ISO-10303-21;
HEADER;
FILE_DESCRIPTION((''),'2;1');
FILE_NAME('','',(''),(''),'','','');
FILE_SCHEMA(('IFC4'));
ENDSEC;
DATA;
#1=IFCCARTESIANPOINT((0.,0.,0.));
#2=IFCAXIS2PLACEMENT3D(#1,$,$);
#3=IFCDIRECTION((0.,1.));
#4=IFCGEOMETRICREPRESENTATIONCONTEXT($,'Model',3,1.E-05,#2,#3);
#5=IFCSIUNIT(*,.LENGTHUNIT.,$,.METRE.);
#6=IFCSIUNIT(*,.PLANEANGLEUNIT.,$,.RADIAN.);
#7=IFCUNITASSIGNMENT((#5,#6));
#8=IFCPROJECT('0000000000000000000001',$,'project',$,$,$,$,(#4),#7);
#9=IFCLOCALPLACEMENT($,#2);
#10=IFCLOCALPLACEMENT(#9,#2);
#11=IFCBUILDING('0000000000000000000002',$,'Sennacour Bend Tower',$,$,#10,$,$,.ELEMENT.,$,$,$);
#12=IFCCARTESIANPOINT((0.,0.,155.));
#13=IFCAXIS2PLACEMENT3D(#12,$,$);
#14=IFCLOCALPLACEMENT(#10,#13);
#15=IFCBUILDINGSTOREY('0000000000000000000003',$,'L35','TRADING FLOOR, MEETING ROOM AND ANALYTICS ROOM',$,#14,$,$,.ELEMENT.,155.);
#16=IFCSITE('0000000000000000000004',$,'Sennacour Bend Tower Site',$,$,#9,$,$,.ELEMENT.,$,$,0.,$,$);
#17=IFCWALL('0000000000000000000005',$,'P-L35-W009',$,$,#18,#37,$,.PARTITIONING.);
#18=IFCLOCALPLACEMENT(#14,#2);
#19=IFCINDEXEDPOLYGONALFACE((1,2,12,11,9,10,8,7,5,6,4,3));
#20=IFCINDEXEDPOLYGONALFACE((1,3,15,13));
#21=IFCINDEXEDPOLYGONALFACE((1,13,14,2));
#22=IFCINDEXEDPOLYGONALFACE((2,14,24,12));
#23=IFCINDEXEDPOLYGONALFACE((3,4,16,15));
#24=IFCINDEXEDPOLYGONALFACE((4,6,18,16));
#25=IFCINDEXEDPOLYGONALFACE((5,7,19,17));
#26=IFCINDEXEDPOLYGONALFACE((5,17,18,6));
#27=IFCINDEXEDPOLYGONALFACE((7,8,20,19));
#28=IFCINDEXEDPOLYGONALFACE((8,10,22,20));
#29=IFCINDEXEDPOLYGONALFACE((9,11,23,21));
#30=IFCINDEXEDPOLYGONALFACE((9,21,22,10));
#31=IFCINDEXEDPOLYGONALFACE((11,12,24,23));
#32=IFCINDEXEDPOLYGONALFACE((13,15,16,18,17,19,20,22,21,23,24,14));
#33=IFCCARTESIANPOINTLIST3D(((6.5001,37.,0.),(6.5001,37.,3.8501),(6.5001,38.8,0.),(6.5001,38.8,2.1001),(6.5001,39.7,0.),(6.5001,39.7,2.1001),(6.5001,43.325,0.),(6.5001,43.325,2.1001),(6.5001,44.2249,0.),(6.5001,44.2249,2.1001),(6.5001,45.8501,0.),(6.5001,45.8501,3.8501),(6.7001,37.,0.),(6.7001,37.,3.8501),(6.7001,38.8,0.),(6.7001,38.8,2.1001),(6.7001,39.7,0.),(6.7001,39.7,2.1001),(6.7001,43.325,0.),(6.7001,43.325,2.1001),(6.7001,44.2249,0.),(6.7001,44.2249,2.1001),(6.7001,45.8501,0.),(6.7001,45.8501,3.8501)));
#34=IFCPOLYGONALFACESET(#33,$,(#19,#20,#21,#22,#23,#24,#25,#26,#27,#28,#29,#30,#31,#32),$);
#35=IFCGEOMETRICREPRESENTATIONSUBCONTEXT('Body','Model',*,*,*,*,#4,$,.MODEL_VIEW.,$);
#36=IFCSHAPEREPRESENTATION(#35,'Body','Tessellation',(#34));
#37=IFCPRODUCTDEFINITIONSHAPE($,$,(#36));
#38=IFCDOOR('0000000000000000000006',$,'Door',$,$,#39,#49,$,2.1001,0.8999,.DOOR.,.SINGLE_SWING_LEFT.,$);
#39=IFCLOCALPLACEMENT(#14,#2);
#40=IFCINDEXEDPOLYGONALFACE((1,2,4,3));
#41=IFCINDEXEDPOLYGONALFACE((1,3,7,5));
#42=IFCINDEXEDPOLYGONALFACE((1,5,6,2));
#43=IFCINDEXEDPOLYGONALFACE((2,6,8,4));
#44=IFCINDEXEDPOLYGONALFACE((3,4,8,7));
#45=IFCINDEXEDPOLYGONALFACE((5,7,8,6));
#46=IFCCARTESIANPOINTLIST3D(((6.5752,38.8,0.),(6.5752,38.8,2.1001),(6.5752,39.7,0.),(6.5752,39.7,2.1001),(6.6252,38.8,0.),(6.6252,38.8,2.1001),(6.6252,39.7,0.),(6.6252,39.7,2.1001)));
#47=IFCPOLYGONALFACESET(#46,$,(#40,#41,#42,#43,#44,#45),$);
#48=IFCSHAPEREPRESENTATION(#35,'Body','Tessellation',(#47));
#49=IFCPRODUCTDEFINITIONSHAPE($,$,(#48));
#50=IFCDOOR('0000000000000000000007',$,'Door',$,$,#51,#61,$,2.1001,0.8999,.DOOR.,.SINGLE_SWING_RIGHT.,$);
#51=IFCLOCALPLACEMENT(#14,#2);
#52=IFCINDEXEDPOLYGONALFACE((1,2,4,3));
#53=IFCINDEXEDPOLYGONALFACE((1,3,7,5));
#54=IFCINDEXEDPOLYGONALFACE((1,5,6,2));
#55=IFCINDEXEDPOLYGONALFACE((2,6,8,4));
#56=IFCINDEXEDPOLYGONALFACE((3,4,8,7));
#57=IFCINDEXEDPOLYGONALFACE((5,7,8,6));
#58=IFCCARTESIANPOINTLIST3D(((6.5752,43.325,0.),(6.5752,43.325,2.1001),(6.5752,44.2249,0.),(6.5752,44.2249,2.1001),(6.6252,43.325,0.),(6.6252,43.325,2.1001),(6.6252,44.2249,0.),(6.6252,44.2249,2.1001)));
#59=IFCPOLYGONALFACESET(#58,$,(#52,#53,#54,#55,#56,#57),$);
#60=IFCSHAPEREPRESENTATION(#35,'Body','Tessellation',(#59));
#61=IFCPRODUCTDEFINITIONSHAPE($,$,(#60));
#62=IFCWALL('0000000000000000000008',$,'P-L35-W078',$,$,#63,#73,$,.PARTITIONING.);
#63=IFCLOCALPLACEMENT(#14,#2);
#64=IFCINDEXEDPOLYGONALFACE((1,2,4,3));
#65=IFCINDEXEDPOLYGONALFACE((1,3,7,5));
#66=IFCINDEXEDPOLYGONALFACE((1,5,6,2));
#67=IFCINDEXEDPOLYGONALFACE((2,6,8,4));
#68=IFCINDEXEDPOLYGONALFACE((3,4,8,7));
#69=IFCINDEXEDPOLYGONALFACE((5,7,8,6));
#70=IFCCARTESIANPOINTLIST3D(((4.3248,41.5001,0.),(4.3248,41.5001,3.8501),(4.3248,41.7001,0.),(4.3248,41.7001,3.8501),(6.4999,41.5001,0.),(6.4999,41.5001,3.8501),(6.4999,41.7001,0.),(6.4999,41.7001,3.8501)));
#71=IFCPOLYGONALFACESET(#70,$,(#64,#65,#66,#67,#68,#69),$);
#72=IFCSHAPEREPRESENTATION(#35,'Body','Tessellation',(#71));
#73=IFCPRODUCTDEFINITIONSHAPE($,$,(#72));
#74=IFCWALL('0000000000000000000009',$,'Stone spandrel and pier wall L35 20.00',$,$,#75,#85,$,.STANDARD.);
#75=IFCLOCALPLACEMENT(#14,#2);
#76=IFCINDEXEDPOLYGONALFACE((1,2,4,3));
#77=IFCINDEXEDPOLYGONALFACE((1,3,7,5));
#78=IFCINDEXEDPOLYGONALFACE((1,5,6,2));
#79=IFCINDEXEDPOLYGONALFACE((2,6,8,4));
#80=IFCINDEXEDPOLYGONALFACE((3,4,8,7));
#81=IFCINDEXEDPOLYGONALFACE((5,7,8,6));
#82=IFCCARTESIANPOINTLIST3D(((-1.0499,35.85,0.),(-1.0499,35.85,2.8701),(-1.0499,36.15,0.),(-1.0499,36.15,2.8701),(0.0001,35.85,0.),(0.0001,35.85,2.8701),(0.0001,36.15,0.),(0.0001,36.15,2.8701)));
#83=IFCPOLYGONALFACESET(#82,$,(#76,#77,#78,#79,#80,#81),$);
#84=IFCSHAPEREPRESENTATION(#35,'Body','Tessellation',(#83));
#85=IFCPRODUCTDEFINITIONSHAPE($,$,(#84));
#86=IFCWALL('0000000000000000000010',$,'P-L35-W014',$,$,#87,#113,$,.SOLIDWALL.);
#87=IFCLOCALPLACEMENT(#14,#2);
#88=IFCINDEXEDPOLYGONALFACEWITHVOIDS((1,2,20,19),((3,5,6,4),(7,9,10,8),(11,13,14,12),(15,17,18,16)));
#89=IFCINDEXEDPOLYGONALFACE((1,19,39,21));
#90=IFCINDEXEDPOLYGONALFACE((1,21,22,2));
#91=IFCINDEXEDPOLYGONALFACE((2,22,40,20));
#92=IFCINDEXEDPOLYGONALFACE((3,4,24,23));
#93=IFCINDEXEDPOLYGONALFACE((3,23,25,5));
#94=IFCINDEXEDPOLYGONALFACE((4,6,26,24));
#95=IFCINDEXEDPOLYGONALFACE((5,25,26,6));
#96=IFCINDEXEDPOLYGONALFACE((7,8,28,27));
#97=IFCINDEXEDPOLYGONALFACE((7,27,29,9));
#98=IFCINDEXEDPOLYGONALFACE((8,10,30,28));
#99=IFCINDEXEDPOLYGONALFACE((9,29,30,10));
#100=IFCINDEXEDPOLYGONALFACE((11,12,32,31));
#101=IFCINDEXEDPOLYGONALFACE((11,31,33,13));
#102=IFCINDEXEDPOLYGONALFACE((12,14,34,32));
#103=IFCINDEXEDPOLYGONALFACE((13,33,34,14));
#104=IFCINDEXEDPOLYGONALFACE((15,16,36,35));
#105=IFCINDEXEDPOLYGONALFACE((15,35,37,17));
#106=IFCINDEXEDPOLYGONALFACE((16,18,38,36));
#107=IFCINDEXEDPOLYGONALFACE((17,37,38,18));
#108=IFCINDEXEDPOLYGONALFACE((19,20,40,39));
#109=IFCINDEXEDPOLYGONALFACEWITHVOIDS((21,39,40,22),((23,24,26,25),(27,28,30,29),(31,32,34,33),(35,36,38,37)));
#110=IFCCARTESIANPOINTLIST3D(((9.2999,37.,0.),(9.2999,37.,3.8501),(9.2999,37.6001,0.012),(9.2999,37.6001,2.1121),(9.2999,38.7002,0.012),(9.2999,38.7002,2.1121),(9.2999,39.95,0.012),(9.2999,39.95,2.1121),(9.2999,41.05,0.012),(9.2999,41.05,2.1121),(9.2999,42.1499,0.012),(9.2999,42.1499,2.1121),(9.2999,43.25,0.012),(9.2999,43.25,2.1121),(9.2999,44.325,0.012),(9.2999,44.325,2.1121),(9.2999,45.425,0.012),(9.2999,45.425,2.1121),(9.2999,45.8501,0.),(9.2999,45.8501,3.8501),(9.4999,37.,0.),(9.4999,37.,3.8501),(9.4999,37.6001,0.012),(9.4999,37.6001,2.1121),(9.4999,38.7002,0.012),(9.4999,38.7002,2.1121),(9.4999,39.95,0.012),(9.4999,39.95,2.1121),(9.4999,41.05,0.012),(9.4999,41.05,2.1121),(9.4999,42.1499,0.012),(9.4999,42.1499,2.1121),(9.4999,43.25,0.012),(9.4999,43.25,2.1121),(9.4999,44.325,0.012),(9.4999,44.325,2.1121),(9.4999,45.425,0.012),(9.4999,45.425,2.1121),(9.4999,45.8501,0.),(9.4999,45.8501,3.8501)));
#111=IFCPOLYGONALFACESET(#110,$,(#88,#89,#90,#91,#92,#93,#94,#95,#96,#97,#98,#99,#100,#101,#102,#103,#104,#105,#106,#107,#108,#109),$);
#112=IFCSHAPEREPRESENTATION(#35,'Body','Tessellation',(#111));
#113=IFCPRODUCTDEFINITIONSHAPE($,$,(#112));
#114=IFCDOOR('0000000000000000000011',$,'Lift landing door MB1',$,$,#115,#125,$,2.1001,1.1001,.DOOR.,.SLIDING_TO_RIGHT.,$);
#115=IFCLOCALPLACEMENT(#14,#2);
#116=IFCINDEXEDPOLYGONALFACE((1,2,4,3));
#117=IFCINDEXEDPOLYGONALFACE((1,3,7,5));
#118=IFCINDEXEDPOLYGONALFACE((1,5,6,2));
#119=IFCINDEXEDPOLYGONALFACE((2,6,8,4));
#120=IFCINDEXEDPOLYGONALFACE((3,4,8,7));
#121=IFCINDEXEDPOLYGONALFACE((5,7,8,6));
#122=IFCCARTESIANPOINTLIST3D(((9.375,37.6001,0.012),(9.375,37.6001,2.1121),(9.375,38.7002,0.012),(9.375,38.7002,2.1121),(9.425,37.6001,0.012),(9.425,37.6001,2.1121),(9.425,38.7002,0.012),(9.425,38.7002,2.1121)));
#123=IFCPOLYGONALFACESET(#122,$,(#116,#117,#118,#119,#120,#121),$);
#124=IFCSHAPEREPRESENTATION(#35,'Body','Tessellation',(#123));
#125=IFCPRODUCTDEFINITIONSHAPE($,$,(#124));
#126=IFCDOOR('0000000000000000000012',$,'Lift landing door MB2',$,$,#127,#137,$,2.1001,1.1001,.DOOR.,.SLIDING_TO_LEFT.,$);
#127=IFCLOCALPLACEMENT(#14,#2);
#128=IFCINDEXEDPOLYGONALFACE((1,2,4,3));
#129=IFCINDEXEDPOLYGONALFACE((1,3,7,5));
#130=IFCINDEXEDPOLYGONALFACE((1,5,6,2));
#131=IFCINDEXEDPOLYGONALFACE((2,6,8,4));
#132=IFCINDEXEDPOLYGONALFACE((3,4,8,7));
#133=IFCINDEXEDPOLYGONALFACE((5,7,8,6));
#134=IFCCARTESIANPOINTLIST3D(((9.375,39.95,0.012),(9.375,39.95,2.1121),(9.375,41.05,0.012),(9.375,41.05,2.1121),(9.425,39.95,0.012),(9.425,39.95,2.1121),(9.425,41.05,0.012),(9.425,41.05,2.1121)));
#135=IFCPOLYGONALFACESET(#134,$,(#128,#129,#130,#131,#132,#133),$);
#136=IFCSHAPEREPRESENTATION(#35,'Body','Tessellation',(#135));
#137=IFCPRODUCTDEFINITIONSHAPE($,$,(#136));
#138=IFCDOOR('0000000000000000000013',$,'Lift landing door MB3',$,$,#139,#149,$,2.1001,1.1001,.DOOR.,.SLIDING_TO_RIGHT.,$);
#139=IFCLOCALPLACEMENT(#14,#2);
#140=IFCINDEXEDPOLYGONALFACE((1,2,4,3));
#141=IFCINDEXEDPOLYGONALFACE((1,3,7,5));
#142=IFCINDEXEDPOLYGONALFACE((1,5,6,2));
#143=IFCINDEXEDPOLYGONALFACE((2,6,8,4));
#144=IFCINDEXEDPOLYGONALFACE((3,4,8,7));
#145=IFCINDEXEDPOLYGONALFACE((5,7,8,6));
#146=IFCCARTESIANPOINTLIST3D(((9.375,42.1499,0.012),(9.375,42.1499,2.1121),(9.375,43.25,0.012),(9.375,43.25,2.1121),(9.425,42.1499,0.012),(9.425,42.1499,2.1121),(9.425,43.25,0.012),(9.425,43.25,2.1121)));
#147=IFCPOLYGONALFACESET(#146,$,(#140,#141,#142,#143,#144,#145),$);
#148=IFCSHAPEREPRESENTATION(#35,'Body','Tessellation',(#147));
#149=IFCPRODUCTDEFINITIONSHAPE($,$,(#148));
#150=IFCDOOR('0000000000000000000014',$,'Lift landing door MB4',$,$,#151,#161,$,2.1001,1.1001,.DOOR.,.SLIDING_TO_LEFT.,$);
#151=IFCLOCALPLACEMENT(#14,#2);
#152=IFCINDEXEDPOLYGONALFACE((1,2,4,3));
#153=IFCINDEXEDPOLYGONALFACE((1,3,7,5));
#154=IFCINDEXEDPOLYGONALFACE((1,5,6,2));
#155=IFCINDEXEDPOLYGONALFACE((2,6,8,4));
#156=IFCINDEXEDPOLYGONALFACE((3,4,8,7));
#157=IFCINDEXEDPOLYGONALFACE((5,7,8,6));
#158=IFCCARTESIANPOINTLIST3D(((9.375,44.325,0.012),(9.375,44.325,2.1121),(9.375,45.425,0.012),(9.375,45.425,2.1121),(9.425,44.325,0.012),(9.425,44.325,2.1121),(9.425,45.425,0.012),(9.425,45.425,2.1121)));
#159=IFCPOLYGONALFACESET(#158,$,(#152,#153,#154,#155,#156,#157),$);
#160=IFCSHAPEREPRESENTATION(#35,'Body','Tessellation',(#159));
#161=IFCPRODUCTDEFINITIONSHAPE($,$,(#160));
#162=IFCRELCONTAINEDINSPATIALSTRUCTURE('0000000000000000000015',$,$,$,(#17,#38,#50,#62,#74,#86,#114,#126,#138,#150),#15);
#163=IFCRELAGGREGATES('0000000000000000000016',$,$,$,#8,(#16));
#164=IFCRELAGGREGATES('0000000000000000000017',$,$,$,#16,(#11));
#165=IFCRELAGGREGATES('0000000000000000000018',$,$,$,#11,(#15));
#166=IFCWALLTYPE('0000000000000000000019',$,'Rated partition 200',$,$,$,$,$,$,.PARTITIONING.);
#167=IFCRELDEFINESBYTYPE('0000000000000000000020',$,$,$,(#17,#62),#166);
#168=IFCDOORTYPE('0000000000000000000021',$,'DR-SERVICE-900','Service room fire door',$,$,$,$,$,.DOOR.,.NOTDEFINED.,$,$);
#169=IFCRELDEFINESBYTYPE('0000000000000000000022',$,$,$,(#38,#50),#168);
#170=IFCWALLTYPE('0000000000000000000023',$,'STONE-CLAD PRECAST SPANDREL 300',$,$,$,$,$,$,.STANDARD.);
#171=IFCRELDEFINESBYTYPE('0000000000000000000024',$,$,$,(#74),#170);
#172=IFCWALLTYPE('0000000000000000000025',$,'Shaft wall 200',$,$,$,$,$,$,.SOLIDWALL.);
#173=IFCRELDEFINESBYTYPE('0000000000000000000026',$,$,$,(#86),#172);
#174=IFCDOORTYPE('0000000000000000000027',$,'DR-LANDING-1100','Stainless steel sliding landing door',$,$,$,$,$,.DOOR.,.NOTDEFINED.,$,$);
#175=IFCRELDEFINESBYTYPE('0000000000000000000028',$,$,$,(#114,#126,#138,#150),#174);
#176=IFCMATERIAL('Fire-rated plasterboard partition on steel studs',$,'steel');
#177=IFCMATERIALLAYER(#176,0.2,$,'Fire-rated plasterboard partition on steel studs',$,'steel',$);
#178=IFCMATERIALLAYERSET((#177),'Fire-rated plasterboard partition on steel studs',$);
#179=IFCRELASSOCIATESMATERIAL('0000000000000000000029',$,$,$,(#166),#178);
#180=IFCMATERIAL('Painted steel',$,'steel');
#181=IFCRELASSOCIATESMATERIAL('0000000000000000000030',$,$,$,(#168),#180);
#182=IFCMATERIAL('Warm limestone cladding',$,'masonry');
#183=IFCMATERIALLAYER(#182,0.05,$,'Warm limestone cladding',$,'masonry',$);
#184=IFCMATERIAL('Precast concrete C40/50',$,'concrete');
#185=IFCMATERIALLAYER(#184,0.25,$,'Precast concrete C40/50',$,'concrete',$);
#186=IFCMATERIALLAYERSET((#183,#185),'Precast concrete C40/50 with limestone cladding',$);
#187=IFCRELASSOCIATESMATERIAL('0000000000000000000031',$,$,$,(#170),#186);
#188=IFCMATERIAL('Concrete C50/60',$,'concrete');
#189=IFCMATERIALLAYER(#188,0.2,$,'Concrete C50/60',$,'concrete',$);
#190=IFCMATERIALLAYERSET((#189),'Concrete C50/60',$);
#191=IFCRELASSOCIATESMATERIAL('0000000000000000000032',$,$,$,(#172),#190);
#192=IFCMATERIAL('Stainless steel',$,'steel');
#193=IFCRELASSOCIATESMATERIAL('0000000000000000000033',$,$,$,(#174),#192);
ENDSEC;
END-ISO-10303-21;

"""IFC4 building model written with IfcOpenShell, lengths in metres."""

from ifc_helpers import new_model, si_unit, direction, frame, frame_2d, origin, place, context, subcontext, project, spatial, rectangle, extrude, material, layer, layer_set, type_object, element, fill, save


model = new_model("IFC4")

# Units and contexts
model_context = context("Model", 3, precision=1e-05, world=origin(), true_north=direction((0.0, 1.0)))
body_context = subcontext(model_context, "Body", "Model", "MODEL_VIEW")
ifc_project = project(units=[si_unit("LENGTHUNIT", "METRE"), si_unit("PLANEANGLEUNIT", "RADIAN")], contexts=[model_context])

# Site, building, storey
site_placement = place(None, origin())
site = spatial("IfcSite", under=ifc_project, at=site_placement, Name="Sennacour Bend Tower Site", CompositionType="ELEMENT", RefElevation=0.0)
building_placement = place(site_placement, origin())
building = spatial("IfcBuilding", under=site, at=building_placement, Name="Sennacour Bend Tower", CompositionType="ELEMENT")
storey_placement = place(building_placement, frame((0.0, 0.0, 155.0)))
storey = spatial("IfcBuildingStorey", under=building, at=storey_placement, Name="L35", Description="TRADING FLOOR, MEETING ROOM AND ANALYTICS ROOM", CompositionType="ELEMENT", Elevation=155.0)

# Shared definitions
ifc_material_1 = material(Name="Painted steel", Category="steel")

# Wall, openings, doors
ifc_material_2 = material(Name="Fire-rated plasterboard partition on steel studs", Category="steel")
ifc_layer_1 = layer(ifc_material_2, 0.2, Name="Fire-rated plasterboard partition on steel studs", Category="steel")
ifc_layer_set_1 = layer_set([ifc_layer_1], Name="Fire-rated plasterboard partition on steel studs")
wall_type_1 = type_object("IfcWallType", Name="Rated partition 200", PredefinedType="PARTITIONING", material=ifc_layer_set_1)
wall_1_placement = place(storey_placement, frame((6.6001, 37.0, 0.0), z_axis=(0.0, 0.0, 1.0), x_axis=(0.0, 1.0, 0.0)))
wall_1 = element("IfcWall", 1, at=wall_1_placement, inside=storey, type_object=wall_type_1, Name="P-L35-W009", PredefinedType="PARTITIONING", context=body_context, shape_type="SweptSolid", body=[
    extrude(rectangle(XDim=8.8501, YDim=0.2, at=frame_2d((4.425, 0.0))), origin(), (0.0, 0.0, 1.0), 3.8501),
])
opening_1_placement = place(wall_1_placement, frame((1.8, 0.0, 0.0)))
opening_1 = element("IfcOpeningElement", 2, at=opening_1_placement, cuts=wall_1, PredefinedType="OPENING", context=body_context, shape_type="SweptSolid", body=[
    extrude(rectangle(XDim=0.8999, YDim=2.1001, at=frame_2d((0.45, 1.05))), frame((0.0, 0.1099, 0.0), z_axis=(0.0, -1.0, 0.0), x_axis=(1.0, 0.0, 0.0)), (0.0, 0.0, 1.0), 0.22),
])
opening_2_placement = place(wall_1_placement, frame((6.325, 0.0, 0.0)))
opening_2 = element("IfcOpeningElement", 3, at=opening_2_placement, cuts=wall_1, PredefinedType="OPENING", context=body_context, shape_type="SweptSolid", body=[
    extrude(rectangle(XDim=0.8999, YDim=2.1001, at=frame_2d((0.45, 1.05))), frame((0.0, 0.1099, 0.0), z_axis=(0.0, -1.0, 0.0), x_axis=(1.0, 0.0, 0.0)), (0.0, 0.0, 1.0), 0.22),
])
door_type_1 = type_object("IfcDoorType", Name="DR-SERVICE-900", Description="Service room fire door", OperationType="NOTDEFINED", PredefinedType="DOOR", material=ifc_material_1)
door_1_placement = place(opening_1_placement, origin())
door_1 = element("IfcDoor", 4, at=door_1_placement, inside=storey, type_object=door_type_1, Name="Door", OperationType="SINGLE_SWING_LEFT", OverallHeight=2.1001, OverallWidth=0.8999, PredefinedType="DOOR", context=body_context, shape_type="SweptSolid", body=[
    extrude(rectangle(XDim=0.8999, YDim=2.1001, at=frame_2d((0.45, 1.05))), frame((0.0, 0.0249, 0.0), z_axis=(0.0, -1.0, 0.0), x_axis=(1.0, 0.0, 0.0)), (0.0, 0.0, 1.0), 0.05),
])
fill(opening_1, door_1)
door_2_placement = place(opening_2_placement, origin())
door_2 = element("IfcDoor", 5, at=door_2_placement, inside=storey, type_object=door_type_1, Name="Door", OperationType="SINGLE_SWING_RIGHT", OverallHeight=2.1001, OverallWidth=0.8999, PredefinedType="DOOR", context=body_context, shape_type="SweptSolid", body=[
    extrude(rectangle(XDim=0.8999, YDim=2.1001, at=frame_2d((0.45, 1.05))), frame((0.0, 0.0249, 0.0), z_axis=(0.0, -1.0, 0.0), x_axis=(1.0, 0.0, 0.0)), (0.0, 0.0, 1.0), 0.05),
])
fill(opening_2, door_2)

# Walls
wall_2_placement = place(storey_placement, frame((4.325, 41.6001, 0.0), z_axis=(0.0, 0.0, 1.0), x_axis=(1.0, 0.0, 0.0)))
element("IfcWall", 6, at=wall_2_placement, inside=storey, type_object=wall_type_1, Name="P-L35-W078", PredefinedType="PARTITIONING", context=body_context, shape_type="SweptSolid", body=[
    extrude(rectangle(XDim=2.175, YDim=0.2, at=frame_2d((1.0874, 0.0))), origin(), (0.0, 0.0, 1.0), 3.8501),
])
ifc_material_3 = material(Name="Warm limestone cladding", Category="masonry")
ifc_layer_2 = layer(ifc_material_3, 0.05, Name="Warm limestone cladding", Category="masonry")
ifc_material_4 = material(Name="Precast concrete C40/50", Category="concrete")
ifc_layer_3 = layer(ifc_material_4, 0.25, Name="Precast concrete C40/50", Category="concrete")
ifc_layer_set_2 = layer_set([ifc_layer_2, ifc_layer_3], Name="Precast concrete C40/50 with limestone cladding")
wall_type_2 = type_object("IfcWallType", Name="STONE-CLAD PRECAST SPANDREL 300", PredefinedType="STANDARD", material=ifc_layer_set_2)
wall_3_placement = place(storey_placement, frame((0.0, 36.0, 0.0), z_axis=(0.0, 0.0, 1.0), x_axis=(-1.0, 0.0, 0.0)))
element("IfcWall", 7, at=wall_3_placement, inside=storey, type_object=wall_type_2, Name="Stone spandrel and pier wall L35 20.00", PredefinedType="STANDARD", context=body_context, shape_type="SweptSolid", body=[
    extrude(rectangle(XDim=1.05, YDim=0.3, at=frame_2d((0.5249, 0.0))), origin(), (0.0, 0.0, 1.0), 2.8701),
])

# Wall, openings, doors
ifc_material_5 = material(Name="Concrete C50/60", Category="concrete")
ifc_layer_4 = layer(ifc_material_5, 0.2, Name="Concrete C50/60", Category="concrete")
ifc_layer_set_3 = layer_set([ifc_layer_4], Name="Concrete C50/60")
wall_type_3 = type_object("IfcWallType", Name="Shaft wall 200", PredefinedType="SOLIDWALL", material=ifc_layer_set_3)
wall_4_placement = place(storey_placement, frame((9.3999, 37.0, 0.0), z_axis=(0.0, 0.0, 1.0), x_axis=(0.0, 1.0, 0.0)))
wall_4 = element("IfcWall", 8, at=wall_4_placement, inside=storey, type_object=wall_type_3, Name="P-L35-W014", PredefinedType="SOLIDWALL", context=body_context, shape_type="SweptSolid", body=[
    extrude(rectangle(XDim=8.8501, YDim=0.2, at=frame_2d((4.425, 0.0))), origin(), (0.0, 0.0, 1.0), 3.8501),
])
opening_3_placement = place(wall_4_placement, frame((0.6001, 0.0, 0.012)))
opening_3 = element("IfcOpeningElement", 9, at=opening_3_placement, cuts=wall_4, PredefinedType="OPENING", context=body_context, shape_type="SweptSolid", body=[
    extrude(rectangle(XDim=1.1001, YDim=2.1001, at=frame_2d((0.55, 1.05))), frame((0.0, 0.1099, 0.0), z_axis=(0.0, -1.0, 0.0), x_axis=(1.0, 0.0, 0.0)), (0.0, 0.0, 1.0), 0.22),
])
opening_4_placement = place(wall_4_placement, frame((2.95, 0.0, 0.012)))
opening_4 = element("IfcOpeningElement", 10, at=opening_4_placement, cuts=wall_4, PredefinedType="OPENING", context=body_context, shape_type="SweptSolid", body=[
    extrude(rectangle(XDim=1.1001, YDim=2.1001, at=frame_2d((0.55, 1.05))), frame((0.0, 0.1099, 0.0), z_axis=(0.0, -1.0, 0.0), x_axis=(1.0, 0.0, 0.0)), (0.0, 0.0, 1.0), 0.22),
])
opening_5_placement = place(wall_4_placement, frame((5.1499, 0.0, 0.012)))
opening_5 = element("IfcOpeningElement", 11, at=opening_5_placement, cuts=wall_4, PredefinedType="OPENING", context=body_context, shape_type="SweptSolid", body=[
    extrude(rectangle(XDim=1.1001, YDim=2.1001, at=frame_2d((0.55, 1.05))), frame((0.0, 0.1099, 0.0), z_axis=(0.0, -1.0, 0.0), x_axis=(1.0, 0.0, 0.0)), (0.0, 0.0, 1.0), 0.22),
])
opening_6_placement = place(wall_4_placement, frame((7.325, 0.0, 0.012)))
opening_6 = element("IfcOpeningElement", 12, at=opening_6_placement, cuts=wall_4, PredefinedType="OPENING", context=body_context, shape_type="SweptSolid", body=[
    extrude(rectangle(XDim=1.1001, YDim=2.1001, at=frame_2d((0.55, 1.05))), frame((0.0, 0.1099, 0.0), z_axis=(0.0, -1.0, 0.0), x_axis=(1.0, 0.0, 0.0)), (0.0, 0.0, 1.0), 0.22),
])
ifc_material_6 = material(Name="Stainless steel", Category="steel")
door_type_2 = type_object("IfcDoorType", Name="DR-LANDING-1100", Description="Stainless steel sliding landing door", OperationType="NOTDEFINED", PredefinedType="DOOR", material=ifc_material_6)
door_3_placement = place(opening_3_placement, origin())
door_3 = element("IfcDoor", 13, at=door_3_placement, inside=storey, type_object=door_type_2, Name="Lift landing door MB1", OperationType="SLIDING_TO_RIGHT", OverallHeight=2.1001, OverallWidth=1.1001, PredefinedType="DOOR", context=body_context, shape_type="SweptSolid", body=[
    extrude(rectangle(XDim=1.1001, YDim=2.1001, at=frame_2d((0.55, 1.05))), frame((0.0, 0.0249, 0.0), z_axis=(0.0, -1.0, 0.0), x_axis=(1.0, 0.0, 0.0)), (0.0, 0.0, 1.0), 0.05),
])
fill(opening_3, door_3)
door_4_placement = place(opening_4_placement, origin())
door_4 = element("IfcDoor", 14, at=door_4_placement, inside=storey, type_object=door_type_2, Name="Lift landing door MB2", OperationType="SLIDING_TO_LEFT", OverallHeight=2.1001, OverallWidth=1.1001, PredefinedType="DOOR", context=body_context, shape_type="SweptSolid", body=[
    extrude(rectangle(XDim=1.1001, YDim=2.1001, at=frame_2d((0.55, 1.05))), frame((0.0, 0.0249, 0.0), z_axis=(0.0, -1.0, 0.0), x_axis=(1.0, 0.0, 0.0)), (0.0, 0.0, 1.0), 0.05),
])
fill(opening_4, door_4)
door_5_placement = place(opening_5_placement, origin())
door_5 = element("IfcDoor", 15, at=door_5_placement, inside=storey, type_object=door_type_2, Name="Lift landing door MB3", OperationType="SLIDING_TO_RIGHT", OverallHeight=2.1001, OverallWidth=1.1001, PredefinedType="DOOR", context=body_context, shape_type="SweptSolid", body=[
    extrude(rectangle(XDim=1.1001, YDim=2.1001, at=frame_2d((0.55, 1.05))), frame((0.0, 0.0249, 0.0), z_axis=(0.0, -1.0, 0.0), x_axis=(1.0, 0.0, 0.0)), (0.0, 0.0, 1.0), 0.05),
])
fill(opening_5, door_5)
door_6_placement = place(opening_6_placement, origin())
door_6 = element("IfcDoor", 16, at=door_6_placement, inside=storey, type_object=door_type_2, Name="Lift landing door MB4", OperationType="SLIDING_TO_LEFT", OverallHeight=2.1001, OverallWidth=1.1001, PredefinedType="DOOR", context=body_context, shape_type="SweptSolid", body=[
    extrude(rectangle(XDim=1.1001, YDim=2.1001, at=frame_2d((0.55, 1.05))), frame((0.0, 0.0249, 0.0), z_axis=(0.0, -1.0, 0.0), x_axis=(1.0, 0.0, 0.0)), (0.0, 0.0, 1.0), 0.05),
])
fill(opening_6, door_6)

save(model, "model.ifc")
